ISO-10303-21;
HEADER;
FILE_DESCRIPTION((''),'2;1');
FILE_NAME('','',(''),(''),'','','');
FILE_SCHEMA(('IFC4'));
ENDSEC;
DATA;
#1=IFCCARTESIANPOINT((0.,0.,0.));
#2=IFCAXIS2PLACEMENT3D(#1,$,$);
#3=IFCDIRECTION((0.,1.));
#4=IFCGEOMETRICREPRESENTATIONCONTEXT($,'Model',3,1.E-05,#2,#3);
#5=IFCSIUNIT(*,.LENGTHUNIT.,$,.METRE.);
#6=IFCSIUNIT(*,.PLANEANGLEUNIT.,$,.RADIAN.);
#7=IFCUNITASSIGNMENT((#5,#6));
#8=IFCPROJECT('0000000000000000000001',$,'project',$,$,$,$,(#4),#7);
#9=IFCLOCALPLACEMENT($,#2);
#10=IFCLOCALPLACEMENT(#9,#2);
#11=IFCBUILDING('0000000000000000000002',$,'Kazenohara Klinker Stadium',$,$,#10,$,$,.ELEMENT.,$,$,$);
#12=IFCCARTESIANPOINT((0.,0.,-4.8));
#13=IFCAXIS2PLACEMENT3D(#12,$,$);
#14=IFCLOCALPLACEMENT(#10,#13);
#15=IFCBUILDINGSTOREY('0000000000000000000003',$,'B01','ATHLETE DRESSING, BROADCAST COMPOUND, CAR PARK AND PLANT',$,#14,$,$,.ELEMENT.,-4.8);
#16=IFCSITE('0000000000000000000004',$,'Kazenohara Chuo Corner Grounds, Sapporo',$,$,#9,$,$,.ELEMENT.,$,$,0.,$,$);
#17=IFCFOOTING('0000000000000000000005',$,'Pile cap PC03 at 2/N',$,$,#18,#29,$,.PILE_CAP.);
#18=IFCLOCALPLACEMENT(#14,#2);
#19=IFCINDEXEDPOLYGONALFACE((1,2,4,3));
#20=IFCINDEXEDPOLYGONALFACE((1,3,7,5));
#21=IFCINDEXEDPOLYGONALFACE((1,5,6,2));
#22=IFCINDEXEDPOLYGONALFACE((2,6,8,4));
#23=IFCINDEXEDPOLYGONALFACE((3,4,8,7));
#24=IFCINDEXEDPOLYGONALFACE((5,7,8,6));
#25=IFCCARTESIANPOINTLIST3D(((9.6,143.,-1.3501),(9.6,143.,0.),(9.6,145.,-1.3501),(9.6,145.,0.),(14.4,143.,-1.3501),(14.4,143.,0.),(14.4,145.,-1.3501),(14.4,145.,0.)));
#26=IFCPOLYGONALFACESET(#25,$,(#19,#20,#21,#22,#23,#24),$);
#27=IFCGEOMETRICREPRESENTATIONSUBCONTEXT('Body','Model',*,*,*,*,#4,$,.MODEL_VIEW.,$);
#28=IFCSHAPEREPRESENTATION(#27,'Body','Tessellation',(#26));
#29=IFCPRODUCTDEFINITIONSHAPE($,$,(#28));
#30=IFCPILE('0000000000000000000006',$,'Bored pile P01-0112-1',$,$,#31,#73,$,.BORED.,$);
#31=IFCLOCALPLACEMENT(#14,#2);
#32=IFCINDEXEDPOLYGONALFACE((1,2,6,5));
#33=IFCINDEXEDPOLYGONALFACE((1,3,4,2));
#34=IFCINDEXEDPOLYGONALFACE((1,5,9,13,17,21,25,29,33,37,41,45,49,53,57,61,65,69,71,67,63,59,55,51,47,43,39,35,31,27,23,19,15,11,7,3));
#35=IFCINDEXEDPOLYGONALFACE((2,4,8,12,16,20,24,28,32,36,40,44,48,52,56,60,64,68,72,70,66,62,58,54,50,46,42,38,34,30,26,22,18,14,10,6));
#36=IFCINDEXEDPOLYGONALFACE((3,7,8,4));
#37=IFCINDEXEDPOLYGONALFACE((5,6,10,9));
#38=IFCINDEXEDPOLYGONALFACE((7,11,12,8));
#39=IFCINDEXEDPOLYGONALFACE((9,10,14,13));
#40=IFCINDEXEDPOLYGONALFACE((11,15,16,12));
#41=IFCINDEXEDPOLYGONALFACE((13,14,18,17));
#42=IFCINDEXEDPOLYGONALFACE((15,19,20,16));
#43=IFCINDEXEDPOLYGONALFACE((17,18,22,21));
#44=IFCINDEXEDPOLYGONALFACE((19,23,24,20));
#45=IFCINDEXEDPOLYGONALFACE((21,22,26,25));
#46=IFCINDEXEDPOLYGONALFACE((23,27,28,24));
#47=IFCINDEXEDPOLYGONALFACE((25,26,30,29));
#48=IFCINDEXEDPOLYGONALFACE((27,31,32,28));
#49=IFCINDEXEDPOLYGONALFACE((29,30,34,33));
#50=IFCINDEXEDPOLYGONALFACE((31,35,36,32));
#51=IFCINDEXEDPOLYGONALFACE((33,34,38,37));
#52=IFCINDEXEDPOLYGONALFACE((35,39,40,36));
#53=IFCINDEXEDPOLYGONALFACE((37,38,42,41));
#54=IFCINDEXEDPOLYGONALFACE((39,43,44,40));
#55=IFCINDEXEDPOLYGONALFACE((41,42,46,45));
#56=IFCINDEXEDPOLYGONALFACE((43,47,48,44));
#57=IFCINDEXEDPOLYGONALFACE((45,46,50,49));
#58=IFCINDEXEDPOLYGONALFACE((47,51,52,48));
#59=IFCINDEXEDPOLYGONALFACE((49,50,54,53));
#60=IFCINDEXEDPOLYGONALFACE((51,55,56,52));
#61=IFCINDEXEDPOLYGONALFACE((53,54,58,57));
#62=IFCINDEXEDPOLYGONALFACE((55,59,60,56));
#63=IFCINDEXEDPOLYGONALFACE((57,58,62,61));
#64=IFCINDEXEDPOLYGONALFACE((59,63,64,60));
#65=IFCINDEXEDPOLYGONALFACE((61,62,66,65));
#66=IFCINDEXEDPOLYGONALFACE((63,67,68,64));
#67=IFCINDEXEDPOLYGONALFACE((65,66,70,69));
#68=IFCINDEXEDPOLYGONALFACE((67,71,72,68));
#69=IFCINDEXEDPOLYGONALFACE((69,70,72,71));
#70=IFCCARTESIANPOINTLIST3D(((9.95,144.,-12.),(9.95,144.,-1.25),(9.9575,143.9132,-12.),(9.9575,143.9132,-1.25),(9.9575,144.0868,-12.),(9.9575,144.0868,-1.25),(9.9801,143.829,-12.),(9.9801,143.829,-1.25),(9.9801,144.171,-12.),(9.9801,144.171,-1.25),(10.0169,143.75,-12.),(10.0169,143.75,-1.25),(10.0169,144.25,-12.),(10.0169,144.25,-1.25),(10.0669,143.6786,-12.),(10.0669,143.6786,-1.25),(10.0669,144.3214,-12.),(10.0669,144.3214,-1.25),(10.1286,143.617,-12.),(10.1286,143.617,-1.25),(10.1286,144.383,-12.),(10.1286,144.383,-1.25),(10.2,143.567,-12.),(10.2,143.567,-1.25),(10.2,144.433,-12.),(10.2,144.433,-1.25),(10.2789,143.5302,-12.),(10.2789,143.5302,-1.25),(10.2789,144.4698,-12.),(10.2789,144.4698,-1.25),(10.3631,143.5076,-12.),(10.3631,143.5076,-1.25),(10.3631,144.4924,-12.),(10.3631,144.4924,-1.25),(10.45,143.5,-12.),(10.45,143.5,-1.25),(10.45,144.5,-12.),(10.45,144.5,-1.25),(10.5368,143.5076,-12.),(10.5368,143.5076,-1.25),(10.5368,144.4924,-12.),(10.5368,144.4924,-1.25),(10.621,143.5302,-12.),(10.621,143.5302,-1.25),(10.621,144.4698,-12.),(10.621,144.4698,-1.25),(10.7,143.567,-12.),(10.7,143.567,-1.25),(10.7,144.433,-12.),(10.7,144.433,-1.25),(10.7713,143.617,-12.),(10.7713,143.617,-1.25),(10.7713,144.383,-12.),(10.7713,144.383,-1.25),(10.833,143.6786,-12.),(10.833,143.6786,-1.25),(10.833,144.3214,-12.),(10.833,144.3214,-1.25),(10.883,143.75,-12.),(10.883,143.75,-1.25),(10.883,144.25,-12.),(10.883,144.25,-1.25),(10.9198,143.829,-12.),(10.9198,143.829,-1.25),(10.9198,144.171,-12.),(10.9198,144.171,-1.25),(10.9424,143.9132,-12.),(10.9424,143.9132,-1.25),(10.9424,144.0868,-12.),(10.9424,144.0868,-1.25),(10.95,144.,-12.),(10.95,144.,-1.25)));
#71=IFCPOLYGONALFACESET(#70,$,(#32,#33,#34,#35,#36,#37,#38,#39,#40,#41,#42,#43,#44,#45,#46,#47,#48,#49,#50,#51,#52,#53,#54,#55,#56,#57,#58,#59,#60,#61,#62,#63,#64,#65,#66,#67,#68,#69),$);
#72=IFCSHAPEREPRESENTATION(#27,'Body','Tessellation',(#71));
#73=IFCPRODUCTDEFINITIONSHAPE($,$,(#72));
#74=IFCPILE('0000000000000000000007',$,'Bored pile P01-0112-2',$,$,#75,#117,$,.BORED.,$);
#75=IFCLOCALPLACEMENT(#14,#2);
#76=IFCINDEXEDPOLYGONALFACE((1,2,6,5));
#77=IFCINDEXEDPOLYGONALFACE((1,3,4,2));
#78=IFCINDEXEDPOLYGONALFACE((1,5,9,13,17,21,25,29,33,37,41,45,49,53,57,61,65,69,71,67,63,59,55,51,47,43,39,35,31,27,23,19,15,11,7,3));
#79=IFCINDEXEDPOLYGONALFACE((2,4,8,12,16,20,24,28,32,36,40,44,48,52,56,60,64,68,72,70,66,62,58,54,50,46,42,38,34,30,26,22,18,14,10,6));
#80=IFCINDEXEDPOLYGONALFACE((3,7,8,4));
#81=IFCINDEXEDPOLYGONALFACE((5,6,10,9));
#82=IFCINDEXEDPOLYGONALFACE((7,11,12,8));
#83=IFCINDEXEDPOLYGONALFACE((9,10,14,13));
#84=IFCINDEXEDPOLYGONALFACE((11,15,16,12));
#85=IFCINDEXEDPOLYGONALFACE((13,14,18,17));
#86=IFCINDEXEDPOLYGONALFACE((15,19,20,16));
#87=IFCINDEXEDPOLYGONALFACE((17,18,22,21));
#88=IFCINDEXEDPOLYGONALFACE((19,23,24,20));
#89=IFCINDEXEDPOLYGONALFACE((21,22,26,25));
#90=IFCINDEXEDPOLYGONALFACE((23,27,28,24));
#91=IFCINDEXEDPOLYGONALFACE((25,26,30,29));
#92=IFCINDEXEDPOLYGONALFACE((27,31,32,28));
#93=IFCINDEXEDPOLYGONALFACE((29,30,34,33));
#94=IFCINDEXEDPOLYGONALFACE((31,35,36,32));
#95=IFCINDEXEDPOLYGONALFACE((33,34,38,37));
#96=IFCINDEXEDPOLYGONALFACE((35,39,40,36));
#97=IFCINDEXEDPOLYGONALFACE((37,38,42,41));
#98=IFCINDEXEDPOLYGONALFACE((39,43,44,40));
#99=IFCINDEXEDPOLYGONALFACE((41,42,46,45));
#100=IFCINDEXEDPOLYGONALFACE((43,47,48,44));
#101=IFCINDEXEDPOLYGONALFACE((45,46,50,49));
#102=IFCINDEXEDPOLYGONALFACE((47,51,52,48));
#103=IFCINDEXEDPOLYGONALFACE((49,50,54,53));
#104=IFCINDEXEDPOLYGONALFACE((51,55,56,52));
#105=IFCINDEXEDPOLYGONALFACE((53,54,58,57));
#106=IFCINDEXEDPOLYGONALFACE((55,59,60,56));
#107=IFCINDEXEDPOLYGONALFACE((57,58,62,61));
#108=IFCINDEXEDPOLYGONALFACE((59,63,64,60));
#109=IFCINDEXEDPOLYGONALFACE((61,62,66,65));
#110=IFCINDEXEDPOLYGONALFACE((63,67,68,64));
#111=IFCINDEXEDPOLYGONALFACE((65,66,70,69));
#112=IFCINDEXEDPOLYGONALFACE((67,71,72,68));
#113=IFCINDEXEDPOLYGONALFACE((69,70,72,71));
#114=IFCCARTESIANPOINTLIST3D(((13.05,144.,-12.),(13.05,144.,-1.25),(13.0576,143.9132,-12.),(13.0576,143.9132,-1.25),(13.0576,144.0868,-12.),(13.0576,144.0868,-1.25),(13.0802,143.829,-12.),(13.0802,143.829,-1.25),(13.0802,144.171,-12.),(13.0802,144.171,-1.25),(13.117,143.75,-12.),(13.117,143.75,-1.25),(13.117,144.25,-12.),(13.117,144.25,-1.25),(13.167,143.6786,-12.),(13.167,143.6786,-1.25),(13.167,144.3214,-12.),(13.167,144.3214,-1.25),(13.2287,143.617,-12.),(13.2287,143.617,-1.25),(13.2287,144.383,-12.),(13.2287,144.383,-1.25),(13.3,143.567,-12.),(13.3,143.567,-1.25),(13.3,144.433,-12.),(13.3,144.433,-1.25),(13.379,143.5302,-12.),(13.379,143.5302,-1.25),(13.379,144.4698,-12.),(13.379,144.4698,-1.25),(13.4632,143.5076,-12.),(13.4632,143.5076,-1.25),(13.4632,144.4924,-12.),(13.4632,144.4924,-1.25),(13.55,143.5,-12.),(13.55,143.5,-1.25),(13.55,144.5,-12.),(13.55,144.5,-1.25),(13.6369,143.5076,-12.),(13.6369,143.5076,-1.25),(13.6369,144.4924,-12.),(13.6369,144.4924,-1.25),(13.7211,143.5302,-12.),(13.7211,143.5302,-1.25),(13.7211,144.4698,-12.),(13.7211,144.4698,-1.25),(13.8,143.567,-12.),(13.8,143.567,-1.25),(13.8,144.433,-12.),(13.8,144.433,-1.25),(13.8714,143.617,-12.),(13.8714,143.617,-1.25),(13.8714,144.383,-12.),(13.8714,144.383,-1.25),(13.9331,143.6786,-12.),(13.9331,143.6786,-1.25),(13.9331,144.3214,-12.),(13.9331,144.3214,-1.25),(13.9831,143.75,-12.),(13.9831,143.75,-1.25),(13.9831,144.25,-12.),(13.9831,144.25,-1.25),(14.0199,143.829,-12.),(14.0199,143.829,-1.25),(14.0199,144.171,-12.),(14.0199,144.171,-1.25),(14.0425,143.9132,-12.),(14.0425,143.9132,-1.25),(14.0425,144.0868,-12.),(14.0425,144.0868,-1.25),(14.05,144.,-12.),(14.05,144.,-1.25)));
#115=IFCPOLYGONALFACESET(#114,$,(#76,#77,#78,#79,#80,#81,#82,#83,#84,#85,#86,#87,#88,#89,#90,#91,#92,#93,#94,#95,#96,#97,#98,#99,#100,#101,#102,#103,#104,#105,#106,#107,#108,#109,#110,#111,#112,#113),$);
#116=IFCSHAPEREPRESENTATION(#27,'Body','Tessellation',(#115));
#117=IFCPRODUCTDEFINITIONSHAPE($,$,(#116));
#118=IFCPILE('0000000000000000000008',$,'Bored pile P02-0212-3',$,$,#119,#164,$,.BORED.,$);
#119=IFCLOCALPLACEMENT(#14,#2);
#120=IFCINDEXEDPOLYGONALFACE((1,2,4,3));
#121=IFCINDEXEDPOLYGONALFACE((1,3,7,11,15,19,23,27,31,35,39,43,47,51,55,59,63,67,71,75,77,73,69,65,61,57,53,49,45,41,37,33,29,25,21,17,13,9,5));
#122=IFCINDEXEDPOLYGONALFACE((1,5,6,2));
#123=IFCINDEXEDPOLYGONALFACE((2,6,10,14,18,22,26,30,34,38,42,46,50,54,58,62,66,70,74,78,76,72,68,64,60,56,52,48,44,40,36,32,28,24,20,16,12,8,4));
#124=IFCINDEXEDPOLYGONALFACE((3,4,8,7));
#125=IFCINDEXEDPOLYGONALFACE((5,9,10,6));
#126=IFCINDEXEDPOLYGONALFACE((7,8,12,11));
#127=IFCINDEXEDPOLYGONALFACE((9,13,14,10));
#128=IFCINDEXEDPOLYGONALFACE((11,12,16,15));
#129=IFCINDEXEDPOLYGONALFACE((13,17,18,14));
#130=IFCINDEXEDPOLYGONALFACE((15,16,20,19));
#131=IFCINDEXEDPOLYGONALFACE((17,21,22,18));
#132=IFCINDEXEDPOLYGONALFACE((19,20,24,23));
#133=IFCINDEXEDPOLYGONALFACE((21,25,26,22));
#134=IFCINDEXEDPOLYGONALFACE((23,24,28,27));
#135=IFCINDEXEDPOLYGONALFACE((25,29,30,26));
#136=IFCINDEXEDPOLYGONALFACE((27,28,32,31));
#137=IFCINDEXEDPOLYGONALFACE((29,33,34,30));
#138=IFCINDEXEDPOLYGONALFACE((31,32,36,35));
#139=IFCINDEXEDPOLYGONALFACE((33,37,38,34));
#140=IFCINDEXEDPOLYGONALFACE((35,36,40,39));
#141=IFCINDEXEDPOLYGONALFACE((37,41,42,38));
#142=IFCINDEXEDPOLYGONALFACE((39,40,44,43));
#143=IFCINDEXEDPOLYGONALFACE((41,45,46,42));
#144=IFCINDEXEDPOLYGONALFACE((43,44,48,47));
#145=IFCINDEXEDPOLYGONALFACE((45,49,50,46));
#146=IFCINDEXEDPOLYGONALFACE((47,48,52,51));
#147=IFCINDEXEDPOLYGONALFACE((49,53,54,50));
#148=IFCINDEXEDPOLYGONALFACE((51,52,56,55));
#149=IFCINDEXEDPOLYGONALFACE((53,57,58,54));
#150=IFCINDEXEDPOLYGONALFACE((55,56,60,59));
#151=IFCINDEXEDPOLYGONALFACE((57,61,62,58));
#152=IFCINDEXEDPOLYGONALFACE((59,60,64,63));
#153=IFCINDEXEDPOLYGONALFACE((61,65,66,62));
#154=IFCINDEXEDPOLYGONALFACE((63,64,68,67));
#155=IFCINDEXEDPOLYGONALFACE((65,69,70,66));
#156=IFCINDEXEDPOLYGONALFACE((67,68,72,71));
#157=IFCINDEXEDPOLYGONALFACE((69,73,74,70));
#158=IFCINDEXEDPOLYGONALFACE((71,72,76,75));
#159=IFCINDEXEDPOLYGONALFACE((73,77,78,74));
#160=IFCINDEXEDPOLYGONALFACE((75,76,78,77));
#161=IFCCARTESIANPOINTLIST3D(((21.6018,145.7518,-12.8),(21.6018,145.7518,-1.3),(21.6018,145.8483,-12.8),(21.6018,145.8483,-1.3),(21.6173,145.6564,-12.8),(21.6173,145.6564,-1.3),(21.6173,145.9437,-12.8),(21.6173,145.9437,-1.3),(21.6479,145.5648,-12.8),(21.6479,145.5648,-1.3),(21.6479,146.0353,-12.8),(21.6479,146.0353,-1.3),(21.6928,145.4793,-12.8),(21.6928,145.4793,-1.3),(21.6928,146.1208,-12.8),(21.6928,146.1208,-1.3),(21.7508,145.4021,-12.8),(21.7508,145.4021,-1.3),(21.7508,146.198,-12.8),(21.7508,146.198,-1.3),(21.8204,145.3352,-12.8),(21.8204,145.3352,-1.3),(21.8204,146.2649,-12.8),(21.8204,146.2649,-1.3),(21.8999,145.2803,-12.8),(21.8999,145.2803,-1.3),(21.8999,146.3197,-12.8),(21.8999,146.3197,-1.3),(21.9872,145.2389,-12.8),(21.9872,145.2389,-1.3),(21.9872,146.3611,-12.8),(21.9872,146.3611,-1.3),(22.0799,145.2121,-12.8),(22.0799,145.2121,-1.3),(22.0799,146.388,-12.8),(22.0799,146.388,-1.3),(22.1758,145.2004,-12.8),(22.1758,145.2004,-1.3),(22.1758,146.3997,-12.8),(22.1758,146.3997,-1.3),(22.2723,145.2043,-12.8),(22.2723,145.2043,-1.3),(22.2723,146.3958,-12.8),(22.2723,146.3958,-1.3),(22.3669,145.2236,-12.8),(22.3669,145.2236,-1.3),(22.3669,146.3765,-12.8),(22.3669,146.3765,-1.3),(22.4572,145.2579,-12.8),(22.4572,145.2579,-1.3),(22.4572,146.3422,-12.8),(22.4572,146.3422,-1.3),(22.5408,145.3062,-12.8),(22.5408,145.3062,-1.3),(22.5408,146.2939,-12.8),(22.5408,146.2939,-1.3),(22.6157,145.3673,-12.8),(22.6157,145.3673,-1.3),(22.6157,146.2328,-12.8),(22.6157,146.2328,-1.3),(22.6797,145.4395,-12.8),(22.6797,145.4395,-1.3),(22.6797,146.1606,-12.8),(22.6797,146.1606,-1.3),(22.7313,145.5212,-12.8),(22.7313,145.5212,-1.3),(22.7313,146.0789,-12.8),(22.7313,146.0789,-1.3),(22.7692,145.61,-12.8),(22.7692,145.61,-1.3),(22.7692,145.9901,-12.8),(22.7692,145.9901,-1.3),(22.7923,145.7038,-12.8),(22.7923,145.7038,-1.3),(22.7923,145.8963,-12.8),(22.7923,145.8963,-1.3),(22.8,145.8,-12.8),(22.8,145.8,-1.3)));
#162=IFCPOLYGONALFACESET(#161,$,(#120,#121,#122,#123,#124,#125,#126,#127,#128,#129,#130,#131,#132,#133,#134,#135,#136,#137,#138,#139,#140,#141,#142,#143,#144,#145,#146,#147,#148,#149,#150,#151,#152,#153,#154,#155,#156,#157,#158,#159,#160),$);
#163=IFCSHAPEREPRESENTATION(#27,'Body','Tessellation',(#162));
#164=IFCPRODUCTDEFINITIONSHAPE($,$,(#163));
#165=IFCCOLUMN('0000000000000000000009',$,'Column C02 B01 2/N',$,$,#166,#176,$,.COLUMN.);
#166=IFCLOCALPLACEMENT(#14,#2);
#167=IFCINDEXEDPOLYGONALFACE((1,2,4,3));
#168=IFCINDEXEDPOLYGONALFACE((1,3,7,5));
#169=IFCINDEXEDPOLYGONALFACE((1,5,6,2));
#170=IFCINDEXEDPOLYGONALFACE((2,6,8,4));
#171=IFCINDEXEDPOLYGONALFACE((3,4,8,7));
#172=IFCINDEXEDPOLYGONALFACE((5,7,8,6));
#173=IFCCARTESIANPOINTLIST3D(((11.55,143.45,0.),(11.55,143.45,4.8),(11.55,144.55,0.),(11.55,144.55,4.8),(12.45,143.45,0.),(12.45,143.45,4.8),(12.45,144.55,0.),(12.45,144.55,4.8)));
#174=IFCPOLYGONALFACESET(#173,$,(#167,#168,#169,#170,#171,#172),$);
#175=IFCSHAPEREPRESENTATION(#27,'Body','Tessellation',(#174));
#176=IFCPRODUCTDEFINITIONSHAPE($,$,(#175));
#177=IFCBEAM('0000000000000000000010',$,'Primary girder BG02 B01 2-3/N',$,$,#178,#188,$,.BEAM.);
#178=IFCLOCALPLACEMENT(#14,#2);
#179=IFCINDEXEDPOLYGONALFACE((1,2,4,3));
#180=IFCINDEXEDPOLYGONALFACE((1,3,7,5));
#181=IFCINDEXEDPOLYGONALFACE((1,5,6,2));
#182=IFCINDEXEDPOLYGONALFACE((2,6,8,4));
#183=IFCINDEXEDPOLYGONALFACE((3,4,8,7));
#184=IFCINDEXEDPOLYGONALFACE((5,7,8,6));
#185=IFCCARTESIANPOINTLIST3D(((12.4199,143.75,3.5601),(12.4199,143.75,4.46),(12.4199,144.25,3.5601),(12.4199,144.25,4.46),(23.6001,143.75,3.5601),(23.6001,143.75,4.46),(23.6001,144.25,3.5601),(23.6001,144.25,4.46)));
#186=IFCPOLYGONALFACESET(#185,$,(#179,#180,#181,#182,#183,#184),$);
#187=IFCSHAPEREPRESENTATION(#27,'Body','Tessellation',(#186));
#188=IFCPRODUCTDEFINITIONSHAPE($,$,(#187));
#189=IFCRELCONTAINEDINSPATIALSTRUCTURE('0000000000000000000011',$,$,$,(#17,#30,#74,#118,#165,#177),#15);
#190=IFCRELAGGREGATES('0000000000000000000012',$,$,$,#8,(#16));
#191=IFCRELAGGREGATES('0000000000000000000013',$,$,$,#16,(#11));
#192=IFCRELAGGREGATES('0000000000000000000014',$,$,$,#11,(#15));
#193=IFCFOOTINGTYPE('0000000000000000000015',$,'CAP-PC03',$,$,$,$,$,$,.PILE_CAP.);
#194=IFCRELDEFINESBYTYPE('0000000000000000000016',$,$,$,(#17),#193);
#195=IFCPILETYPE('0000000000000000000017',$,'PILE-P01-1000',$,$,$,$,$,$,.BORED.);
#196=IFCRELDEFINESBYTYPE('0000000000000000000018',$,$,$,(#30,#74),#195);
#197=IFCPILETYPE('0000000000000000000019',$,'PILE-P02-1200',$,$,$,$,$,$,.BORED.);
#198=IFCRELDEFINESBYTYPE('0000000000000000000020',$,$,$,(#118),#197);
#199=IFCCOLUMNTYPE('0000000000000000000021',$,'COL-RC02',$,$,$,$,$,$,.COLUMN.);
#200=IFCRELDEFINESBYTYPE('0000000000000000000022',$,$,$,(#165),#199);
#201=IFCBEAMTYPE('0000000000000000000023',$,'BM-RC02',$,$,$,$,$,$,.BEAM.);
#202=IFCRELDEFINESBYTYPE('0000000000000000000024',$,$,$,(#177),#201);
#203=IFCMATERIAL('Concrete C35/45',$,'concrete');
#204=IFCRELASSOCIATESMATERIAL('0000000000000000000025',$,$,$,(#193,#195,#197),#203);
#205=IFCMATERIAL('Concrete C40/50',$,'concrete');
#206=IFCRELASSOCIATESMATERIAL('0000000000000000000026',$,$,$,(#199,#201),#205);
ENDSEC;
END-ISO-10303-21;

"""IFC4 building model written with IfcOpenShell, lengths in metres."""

from ifc_helpers import new_model, si_unit, direction, frame, origin, origin_2d, place, context, subcontext, project, spatial, rectangle, circle, extrude, material, material_profile, profile_set, type_object, element, save


model = new_model("IFC4")

# Units and contexts
model_context = context("Model", 3, precision=1e-05, world=origin(), true_north=direction((0.0, 1.0)))
body_context = subcontext(model_context, "Body", "Model", "MODEL_VIEW")
ifc_project = project(units=[si_unit("LENGTHUNIT", "METRE"), si_unit("PLANEANGLEUNIT", "RADIAN")], contexts=[model_context])

# Site, building, storey
site_placement = place(None, origin())
site = spatial("IfcSite", under=ifc_project, at=site_placement, Name="Kazenohara Chuo Corner Grounds, Sapporo", CompositionType="ELEMENT", RefElevation=0.0)
building_placement = place(site_placement, origin())
building = spatial("IfcBuilding", under=site, at=building_placement, Name="Kazenohara Klinker Stadium", CompositionType="ELEMENT")
storey_placement = place(building_placement, frame((0.0, 0.0, -4.8)))
storey = spatial("IfcBuildingStorey", under=building, at=storey_placement, Name="B01", Description="ATHLETE DRESSING, BROADCAST COMPOUND, CAR PARK AND PLANT", CompositionType="ELEMENT", Elevation=-4.8)

# Footing
ifc_material_1 = material(Name="Concrete C35/45", Category="concrete")
footing_type = type_object("IfcFootingType", Name="CAP-PC03", PredefinedType="PILE_CAP", material=ifc_material_1)
footing_placement = place(storey_placement, frame((12.0, 144.0, -1.3501), z_axis=(0.0, 0.0, 1.0), x_axis=(1.0, 0.0, 0.0)))
element("IfcFooting", 1, at=footing_placement, inside=storey, type_object=footing_type, Name="Pile cap PC03 at 2/N", PredefinedType="PILE_CAP", context=body_context, shape_type="SweptSolid", body=[
    extrude(rectangle(XDim=4.8, YDim=2.0, at=origin_2d()), origin(), (0.0, 0.0, 1.0), 1.3501),
])

# Piles
ifc_material_profile_1 = material_profile(ifc_material_1, circle(Radius=0.5, at=origin_2d()), Name="BORED-PILE-1000")
ifc_profile_set_1 = profile_set([ifc_material_profile_1], Name="Concrete C35/45")
pile_type_1 = type_object("IfcPileType", Name="PILE-P01-1000", PredefinedType="BORED", material=ifc_profile_set_1)
for number, where, z_axis, x_axis, name in (
    (2, (10.45, 144.0, -1.25), (0.0, 0.0, -1.0), (1.0, 0.0, 0.0), "Bored pile P01-0112-1"),
    (3, (13.55, 144.0, -1.25), (0.0, 0.0, -1.0), (1.0, 0.0, 0.0), "Bored pile P01-0112-2"),
):
    element("IfcPile", number, at=place(storey_placement, frame(where, z_axis=z_axis, x_axis=x_axis)), inside=storey, type_object=pile_type_1, Name=name, PredefinedType="BORED", context=body_context, shape_type="SweptSolid", body=[
        extrude(circle(Radius=0.5, at=origin_2d()), origin(), (0.0, 0.0, 1.0), 10.75),
    ])
ifc_material_profile_2 = material_profile(ifc_material_1, circle(Radius=0.6001, at=origin_2d()), Name="BORED-PILE-1200")
ifc_profile_set_2 = profile_set([ifc_material_profile_2], Name="Concrete C35/45")
pile_type_2 = type_object("IfcPileType", Name="PILE-P02-1200", PredefinedType="BORED", material=ifc_profile_set_2)
pile_placement = place(storey_placement, frame((22.2, 145.8, -1.3), z_axis=(0.0, 0.0, -1.0), x_axis=(1.0, 0.0, 0.0)))
element("IfcPile", 4, at=pile_placement, inside=storey, type_object=pile_type_2, Name="Bored pile P02-0212-3", PredefinedType="BORED", context=body_context, shape_type="SweptSolid", body=[
    extrude(circle(Radius=0.6001, at=origin_2d()), origin(), (0.0, 0.0, 1.0), 11.5),
])

# Column
ifc_material_2 = material(Name="Concrete C40/50", Category="concrete")
ifc_material_profile_3 = material_profile(ifc_material_2, rectangle(XDim=0.8999, YDim=1.1001, at=origin_2d()), Name="RC-COL-1100x900")
ifc_profile_set_3 = profile_set([ifc_material_profile_3], Name="Concrete C40/50")
column_type = type_object("IfcColumnType", Name="COL-RC02", PredefinedType="COLUMN", material=ifc_profile_set_3)
column_placement = place(storey_placement, frame((12.0, 144.0, 0.0), z_axis=(0.0, 0.0, 1.0), x_axis=(1.0, 0.0, 0.0)))
element("IfcColumn", 5, at=column_placement, inside=storey, type_object=column_type, Name="Column C02 B01 2/N", PredefinedType="COLUMN", context=body_context, shape_type="SweptSolid", body=[
    extrude(rectangle(XDim=0.8999, YDim=1.1001, at=origin_2d()), origin(), (0.0, 0.0, 1.0), 4.8),
])

# Beam
ifc_material_profile_4 = material_profile(ifc_material_2, rectangle(XDim=0.5, YDim=0.8999, at=origin_2d()), Name="RC-BM-500x900")
ifc_profile_set_4 = profile_set([ifc_material_profile_4], Name="Concrete C40/50")
beam_type_1 = type_object("IfcBeamType", Name="BM-RC02", PredefinedType="BEAM", material=ifc_profile_set_4)
beam_1_placement = place(storey_placement, frame((12.4199, 144.0, 4.01), z_axis=(1.0, 0.0, 0.0), x_axis=(0.0, 1.0, 0.0)))
element("IfcBeam", 6, at=beam_1_placement, inside=storey, type_object=beam_type_1, Name="Primary girder BG02 B01 2-3/N", PredefinedType="BEAM", context=body_context, shape_type="SweptSolid", body=[
    extrude(rectangle(XDim=0.5, YDim=0.8999, at=origin_2d()), origin(), (0.0, 0.0, 1.0), 11.1802),
])

save(model, "model.ifc")
